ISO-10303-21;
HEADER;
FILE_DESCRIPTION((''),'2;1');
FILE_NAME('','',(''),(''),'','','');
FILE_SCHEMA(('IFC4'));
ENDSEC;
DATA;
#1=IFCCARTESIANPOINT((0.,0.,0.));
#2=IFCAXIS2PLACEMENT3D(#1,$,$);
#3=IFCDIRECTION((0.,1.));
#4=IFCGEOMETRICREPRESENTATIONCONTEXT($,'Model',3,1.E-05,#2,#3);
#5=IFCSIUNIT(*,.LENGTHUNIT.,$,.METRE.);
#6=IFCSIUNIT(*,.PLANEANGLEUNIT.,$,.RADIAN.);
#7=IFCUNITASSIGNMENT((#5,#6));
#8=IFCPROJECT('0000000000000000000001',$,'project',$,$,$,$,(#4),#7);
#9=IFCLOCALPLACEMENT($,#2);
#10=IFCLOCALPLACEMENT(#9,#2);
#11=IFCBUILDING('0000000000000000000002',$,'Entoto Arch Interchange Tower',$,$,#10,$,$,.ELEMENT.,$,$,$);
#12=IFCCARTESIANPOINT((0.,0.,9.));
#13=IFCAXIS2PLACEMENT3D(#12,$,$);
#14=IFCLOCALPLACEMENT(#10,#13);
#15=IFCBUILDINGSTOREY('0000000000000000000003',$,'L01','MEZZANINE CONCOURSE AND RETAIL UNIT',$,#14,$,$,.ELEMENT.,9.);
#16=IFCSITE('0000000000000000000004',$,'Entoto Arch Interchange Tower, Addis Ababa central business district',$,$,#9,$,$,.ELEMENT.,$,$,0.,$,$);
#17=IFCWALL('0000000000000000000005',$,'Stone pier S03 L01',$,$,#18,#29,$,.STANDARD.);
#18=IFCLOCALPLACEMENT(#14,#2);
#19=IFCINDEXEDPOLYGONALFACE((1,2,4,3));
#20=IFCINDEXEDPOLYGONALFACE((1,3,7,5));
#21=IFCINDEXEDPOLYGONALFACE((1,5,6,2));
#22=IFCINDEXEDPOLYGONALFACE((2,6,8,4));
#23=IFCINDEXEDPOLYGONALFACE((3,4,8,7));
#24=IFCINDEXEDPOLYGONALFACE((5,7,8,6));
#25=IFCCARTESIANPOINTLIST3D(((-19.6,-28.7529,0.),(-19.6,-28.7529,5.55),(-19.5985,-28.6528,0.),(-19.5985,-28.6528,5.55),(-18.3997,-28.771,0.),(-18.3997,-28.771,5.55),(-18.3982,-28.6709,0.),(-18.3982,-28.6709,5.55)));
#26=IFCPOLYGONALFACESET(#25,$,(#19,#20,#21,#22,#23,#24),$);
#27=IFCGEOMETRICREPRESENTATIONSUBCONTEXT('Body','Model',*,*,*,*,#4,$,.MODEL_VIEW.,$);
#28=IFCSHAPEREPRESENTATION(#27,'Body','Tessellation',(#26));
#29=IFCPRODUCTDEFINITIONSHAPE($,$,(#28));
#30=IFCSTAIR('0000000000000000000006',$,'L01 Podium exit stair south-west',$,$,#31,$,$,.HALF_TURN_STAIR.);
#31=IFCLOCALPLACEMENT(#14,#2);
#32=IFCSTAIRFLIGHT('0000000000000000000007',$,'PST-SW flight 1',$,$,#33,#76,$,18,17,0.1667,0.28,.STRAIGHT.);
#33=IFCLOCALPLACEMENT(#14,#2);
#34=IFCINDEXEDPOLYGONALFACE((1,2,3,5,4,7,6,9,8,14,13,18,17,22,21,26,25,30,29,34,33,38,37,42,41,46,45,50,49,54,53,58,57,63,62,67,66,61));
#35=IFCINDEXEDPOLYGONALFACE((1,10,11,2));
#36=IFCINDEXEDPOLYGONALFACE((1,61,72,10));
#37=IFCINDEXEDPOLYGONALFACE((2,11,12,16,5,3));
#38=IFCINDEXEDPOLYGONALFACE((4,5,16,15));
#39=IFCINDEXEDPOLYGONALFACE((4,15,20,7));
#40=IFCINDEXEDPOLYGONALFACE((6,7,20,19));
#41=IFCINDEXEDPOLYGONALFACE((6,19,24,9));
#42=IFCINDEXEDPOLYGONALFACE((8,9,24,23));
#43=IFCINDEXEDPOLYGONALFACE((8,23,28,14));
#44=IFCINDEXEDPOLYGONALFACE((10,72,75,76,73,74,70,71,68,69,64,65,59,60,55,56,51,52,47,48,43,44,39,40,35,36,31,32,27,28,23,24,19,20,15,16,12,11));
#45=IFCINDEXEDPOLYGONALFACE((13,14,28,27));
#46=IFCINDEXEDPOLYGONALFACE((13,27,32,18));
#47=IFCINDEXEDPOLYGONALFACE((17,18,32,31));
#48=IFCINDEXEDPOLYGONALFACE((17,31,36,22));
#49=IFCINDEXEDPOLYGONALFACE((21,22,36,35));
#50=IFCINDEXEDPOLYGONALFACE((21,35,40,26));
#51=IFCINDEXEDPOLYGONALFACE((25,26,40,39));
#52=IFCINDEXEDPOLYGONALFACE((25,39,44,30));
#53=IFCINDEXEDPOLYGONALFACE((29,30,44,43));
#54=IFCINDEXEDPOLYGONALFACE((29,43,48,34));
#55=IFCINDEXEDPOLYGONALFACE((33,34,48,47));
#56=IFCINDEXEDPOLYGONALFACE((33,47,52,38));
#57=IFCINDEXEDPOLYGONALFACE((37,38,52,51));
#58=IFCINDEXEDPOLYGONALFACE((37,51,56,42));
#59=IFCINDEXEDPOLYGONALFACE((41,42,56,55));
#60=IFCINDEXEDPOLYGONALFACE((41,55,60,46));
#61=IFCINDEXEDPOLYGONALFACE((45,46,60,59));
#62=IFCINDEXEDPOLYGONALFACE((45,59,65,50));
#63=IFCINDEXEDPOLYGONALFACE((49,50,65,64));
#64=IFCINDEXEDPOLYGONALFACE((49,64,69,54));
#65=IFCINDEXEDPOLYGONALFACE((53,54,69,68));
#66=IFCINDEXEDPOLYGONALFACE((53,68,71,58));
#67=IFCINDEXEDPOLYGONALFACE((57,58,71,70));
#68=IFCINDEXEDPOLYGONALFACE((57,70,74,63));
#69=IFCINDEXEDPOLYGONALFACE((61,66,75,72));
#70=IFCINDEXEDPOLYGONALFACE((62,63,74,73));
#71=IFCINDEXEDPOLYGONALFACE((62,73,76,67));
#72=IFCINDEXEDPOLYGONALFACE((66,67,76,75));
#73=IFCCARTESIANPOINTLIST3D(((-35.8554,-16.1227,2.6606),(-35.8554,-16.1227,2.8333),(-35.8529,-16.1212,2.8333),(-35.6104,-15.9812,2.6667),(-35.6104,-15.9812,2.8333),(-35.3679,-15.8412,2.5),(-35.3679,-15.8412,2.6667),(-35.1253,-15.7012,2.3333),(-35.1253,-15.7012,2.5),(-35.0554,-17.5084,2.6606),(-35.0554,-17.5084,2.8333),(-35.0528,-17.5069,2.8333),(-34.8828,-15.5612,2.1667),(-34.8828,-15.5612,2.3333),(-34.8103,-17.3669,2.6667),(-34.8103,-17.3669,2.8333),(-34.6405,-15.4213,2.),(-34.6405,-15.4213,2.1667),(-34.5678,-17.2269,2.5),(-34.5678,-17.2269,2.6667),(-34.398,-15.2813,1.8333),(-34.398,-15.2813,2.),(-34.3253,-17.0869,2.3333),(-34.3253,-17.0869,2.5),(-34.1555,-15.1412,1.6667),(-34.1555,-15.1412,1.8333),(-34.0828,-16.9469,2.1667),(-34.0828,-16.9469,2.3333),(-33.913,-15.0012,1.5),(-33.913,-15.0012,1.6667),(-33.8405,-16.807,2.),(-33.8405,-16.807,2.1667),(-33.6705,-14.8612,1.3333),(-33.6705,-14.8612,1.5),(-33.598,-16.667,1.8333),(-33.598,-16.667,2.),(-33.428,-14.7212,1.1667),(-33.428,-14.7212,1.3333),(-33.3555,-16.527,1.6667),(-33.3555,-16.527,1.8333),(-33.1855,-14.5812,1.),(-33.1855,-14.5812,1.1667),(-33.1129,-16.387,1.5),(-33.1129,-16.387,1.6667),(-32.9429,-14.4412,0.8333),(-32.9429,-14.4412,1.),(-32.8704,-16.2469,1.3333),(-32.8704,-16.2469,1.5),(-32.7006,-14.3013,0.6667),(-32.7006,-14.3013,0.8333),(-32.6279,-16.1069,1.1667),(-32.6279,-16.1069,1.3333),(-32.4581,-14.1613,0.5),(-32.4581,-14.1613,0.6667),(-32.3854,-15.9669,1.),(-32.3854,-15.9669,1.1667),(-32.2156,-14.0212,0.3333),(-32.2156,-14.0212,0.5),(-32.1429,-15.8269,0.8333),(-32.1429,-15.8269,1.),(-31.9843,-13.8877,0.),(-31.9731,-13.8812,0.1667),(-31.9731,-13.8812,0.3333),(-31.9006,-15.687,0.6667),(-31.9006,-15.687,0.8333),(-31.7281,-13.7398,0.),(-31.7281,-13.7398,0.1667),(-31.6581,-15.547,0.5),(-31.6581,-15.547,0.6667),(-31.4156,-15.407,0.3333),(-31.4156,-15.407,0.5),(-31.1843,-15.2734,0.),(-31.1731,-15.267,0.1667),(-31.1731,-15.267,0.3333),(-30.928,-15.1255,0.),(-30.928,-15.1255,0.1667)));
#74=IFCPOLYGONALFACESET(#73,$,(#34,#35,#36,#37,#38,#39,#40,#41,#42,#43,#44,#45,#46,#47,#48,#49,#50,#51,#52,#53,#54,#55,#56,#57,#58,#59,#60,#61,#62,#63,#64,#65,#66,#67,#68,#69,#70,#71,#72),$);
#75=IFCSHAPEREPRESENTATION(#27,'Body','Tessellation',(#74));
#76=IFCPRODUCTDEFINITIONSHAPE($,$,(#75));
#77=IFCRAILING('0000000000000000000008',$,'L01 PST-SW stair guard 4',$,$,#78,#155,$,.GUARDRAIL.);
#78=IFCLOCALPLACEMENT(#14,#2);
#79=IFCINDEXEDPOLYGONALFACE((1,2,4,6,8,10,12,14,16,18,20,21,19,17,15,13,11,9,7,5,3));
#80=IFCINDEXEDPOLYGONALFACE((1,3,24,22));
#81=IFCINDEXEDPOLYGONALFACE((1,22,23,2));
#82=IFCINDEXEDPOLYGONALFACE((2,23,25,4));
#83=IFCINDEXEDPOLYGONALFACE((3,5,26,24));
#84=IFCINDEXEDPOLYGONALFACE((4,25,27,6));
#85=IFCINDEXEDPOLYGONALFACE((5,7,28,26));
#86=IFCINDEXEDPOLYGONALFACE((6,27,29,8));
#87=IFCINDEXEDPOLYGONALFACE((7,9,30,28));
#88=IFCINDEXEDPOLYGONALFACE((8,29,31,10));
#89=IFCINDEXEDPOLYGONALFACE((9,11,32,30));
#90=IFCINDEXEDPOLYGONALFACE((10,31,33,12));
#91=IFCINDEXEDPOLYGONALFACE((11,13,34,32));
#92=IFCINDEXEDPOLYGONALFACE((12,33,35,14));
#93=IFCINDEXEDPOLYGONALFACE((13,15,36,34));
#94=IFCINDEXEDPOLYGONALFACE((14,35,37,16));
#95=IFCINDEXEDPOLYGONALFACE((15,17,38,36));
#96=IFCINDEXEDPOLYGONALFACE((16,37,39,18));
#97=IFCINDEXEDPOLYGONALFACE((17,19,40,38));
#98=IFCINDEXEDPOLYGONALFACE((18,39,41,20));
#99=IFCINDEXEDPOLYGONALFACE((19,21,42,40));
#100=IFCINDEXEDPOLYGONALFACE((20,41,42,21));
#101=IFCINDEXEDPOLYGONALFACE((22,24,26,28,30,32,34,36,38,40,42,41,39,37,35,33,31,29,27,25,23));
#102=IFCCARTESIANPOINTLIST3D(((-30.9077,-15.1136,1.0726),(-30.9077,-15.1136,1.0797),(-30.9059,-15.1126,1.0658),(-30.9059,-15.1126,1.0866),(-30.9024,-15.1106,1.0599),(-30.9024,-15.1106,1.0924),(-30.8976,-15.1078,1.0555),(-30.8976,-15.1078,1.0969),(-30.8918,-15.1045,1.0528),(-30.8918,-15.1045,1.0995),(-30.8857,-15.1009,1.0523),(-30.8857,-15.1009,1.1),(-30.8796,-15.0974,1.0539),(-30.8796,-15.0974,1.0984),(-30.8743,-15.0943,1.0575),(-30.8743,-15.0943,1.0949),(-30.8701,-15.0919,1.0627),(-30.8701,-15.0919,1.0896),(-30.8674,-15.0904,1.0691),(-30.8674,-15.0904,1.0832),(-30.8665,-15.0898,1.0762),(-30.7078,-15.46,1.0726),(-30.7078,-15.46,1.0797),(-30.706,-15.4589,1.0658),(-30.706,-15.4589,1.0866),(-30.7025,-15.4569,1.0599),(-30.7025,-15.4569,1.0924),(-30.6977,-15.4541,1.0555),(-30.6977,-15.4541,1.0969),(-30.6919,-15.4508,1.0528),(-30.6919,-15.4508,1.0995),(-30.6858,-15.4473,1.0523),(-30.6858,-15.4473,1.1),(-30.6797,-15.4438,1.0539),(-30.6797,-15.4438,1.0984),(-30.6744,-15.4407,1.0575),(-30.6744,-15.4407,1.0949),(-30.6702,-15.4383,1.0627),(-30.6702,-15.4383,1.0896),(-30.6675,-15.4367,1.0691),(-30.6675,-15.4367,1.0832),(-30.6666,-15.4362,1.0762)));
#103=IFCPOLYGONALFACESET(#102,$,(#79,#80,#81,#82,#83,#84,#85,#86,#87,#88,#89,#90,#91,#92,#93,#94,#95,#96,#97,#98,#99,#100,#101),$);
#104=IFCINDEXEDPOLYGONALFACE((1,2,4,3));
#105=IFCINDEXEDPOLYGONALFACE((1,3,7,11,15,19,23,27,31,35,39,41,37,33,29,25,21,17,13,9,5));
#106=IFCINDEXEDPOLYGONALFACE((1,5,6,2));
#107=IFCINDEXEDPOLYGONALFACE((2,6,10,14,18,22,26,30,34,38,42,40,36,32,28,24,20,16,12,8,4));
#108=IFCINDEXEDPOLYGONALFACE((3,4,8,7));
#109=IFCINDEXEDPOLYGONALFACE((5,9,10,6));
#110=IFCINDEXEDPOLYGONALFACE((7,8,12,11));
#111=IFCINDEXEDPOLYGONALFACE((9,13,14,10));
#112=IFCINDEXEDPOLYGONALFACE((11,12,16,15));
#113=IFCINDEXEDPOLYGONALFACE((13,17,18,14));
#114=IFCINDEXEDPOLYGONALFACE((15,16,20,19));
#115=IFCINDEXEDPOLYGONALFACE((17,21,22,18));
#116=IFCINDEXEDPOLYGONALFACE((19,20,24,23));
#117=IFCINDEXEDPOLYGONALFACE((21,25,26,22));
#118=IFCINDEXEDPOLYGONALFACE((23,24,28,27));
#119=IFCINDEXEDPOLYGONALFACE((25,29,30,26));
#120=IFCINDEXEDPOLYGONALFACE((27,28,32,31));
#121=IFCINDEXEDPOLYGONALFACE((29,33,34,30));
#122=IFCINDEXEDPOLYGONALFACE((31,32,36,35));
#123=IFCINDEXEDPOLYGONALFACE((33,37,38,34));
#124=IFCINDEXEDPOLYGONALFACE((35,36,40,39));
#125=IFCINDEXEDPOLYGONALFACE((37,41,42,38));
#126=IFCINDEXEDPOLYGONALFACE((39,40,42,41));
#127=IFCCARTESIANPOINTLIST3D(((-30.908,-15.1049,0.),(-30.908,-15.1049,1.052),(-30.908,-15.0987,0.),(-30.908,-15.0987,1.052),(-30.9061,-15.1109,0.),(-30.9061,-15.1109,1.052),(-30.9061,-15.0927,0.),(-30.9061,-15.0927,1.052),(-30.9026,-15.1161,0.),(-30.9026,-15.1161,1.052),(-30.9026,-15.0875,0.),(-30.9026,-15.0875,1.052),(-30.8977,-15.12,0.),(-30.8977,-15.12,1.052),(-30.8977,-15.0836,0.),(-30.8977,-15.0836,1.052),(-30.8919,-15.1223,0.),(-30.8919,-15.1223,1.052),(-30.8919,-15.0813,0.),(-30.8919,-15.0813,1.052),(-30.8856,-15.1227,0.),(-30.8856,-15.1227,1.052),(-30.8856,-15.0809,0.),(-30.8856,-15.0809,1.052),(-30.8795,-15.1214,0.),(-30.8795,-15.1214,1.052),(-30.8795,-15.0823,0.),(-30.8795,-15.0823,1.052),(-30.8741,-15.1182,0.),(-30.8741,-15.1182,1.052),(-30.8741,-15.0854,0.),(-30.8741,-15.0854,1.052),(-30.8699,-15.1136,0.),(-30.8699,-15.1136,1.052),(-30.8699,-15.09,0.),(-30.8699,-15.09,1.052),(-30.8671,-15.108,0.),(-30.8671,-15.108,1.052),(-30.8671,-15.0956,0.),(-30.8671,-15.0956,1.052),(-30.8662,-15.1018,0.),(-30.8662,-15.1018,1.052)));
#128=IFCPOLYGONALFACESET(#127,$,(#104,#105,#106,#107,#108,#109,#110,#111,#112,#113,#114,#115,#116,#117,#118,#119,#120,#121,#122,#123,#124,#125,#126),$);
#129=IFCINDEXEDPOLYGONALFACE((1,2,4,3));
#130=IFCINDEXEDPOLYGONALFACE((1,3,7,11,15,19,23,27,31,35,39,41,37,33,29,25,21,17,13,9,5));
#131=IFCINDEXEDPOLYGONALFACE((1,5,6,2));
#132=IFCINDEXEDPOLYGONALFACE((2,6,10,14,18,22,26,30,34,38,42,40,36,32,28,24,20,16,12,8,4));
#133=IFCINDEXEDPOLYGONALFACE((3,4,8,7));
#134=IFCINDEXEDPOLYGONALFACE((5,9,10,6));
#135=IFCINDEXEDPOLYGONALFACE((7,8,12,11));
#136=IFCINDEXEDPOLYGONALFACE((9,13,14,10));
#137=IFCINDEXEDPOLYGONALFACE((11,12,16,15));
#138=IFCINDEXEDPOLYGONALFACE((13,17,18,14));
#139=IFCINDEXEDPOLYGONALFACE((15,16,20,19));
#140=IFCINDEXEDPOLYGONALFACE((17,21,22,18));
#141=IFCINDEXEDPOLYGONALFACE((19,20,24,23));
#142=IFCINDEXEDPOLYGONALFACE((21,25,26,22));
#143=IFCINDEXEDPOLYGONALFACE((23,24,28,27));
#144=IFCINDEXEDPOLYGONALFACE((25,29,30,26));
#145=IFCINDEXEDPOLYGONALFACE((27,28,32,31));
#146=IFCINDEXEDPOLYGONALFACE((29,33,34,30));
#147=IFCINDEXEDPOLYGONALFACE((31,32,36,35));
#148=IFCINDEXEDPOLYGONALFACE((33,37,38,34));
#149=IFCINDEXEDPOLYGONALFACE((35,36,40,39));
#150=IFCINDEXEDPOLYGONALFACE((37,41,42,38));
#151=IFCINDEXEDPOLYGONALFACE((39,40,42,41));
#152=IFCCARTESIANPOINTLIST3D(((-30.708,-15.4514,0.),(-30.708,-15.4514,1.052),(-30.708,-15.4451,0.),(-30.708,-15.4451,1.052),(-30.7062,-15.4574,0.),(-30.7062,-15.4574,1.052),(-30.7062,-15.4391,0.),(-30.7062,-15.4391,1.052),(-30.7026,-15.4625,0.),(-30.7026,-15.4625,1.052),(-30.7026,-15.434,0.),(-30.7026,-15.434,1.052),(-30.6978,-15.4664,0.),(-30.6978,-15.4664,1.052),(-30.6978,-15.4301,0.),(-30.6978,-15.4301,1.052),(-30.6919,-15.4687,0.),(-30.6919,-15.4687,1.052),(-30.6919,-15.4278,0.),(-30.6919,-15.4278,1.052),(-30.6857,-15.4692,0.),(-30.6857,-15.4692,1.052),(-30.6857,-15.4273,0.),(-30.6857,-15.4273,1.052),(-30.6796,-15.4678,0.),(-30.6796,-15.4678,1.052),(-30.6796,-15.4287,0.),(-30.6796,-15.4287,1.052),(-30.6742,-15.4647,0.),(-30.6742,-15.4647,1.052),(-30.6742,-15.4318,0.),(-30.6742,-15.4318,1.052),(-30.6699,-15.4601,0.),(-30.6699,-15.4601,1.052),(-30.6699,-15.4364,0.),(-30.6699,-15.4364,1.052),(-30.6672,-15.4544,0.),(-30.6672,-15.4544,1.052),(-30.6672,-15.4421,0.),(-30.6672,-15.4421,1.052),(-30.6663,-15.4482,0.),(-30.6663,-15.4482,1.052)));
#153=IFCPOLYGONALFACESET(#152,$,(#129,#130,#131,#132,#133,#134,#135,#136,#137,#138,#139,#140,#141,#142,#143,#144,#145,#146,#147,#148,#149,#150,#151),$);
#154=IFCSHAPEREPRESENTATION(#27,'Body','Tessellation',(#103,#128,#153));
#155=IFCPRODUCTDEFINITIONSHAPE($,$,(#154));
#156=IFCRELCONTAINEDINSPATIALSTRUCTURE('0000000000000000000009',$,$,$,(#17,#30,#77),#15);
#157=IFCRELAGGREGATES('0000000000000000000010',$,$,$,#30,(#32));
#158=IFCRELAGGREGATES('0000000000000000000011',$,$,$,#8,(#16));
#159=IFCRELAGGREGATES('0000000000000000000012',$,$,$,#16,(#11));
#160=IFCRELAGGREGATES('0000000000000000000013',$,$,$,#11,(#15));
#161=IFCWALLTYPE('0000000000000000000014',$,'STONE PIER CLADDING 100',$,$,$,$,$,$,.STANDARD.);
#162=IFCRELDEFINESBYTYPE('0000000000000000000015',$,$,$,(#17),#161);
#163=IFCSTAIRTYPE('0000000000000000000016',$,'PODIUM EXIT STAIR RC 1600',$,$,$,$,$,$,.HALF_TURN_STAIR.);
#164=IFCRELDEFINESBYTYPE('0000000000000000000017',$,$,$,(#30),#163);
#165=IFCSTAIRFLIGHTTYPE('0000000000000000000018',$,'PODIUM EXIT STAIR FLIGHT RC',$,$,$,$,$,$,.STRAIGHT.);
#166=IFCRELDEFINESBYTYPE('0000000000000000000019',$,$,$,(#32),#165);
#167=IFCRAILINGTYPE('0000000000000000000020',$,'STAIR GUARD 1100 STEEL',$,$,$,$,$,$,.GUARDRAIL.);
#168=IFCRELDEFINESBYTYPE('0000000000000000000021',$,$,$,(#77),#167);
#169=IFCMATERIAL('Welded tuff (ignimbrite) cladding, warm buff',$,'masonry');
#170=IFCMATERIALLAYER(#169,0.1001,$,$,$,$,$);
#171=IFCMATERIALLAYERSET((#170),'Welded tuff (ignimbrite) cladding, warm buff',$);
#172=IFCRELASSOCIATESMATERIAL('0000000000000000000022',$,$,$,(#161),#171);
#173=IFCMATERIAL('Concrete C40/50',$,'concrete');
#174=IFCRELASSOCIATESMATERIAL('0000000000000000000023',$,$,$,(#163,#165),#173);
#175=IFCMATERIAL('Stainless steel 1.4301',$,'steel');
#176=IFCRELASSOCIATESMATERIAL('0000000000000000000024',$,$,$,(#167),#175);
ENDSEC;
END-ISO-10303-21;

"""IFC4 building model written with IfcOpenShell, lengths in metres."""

from ifc_helpers import new_model, si_unit, direction, frame, frame_2d, origin, origin_2d, place, context, subcontext, project, spatial, polyline, rectangle, circle, outline, extrude, material, layer, layer_set, type_object, element, aggregate, save


model = new_model("IFC4")

# Units and contexts
model_context = context("Model", 3, precision=1e-05, world=origin(), true_north=direction((0.0, 1.0)))
body_context = subcontext(model_context, "Body", "Model", "MODEL_VIEW")
ifc_project = project(units=[si_unit("LENGTHUNIT", "METRE"), si_unit("PLANEANGLEUNIT", "RADIAN")], contexts=[model_context])

# Site, building, storey
site_placement = place(None, origin())
site = spatial("IfcSite", under=ifc_project, at=site_placement, Name="Entoto Arch Interchange Tower, Addis Ababa central business district", CompositionType="ELEMENT", RefElevation=0.0)
building_placement = place(site_placement, origin())
building = spatial("IfcBuilding", under=site, at=building_placement, Name="Entoto Arch Interchange Tower", CompositionType="ELEMENT")
storey_placement = place(building_placement, frame((0.0, 0.0, 9.0)))
storey = spatial("IfcBuildingStorey", under=building, at=storey_placement, Name="L01", Description="MEZZANINE CONCOURSE AND RETAIL UNIT", CompositionType="ELEMENT", Elevation=9.0)

# Shared definitions
ifc_material_1 = material(Name="Concrete C40/50", Category="concrete")

# Shared definitions
ifc_material_2 = material(Name="Welded tuff (ignimbrite) cladding, warm buff", Category="masonry")

# Wall
ifc_layer_1 = layer(ifc_material_2, 0.1001)
ifc_layer_set_1 = layer_set([ifc_layer_1], Name="Welded tuff (ignimbrite) cladding, warm buff")
wall_type_1 = type_object("IfcWallType", Name="STONE PIER CLADDING 100", PredefinedType="STANDARD", material=ifc_layer_set_1)
wall_1_placement = place(storey_placement, frame((-19.5991, -28.7029, 0.0), z_axis=(0.0, 0.0, 1.0), x_axis=(0.999887, -0.015051, 0.0)))
element("IfcWall", 1, at=wall_1_placement, inside=storey, type_object=wall_type_1, Name="Stone pier S03 L01", PredefinedType="STANDARD", context=body_context, shape_type="SweptSolid", body=[
    extrude(rectangle(XDim=1.2004, YDim=0.1001, at=frame_2d((0.6001, 0.0))), origin(), (0.0, 0.0, 1.0), 5.55),
])

# Stair, stair flight
stair_type = type_object("IfcStairType", Name="PODIUM EXIT STAIR RC 1600", PredefinedType="HALF_TURN_STAIR", material=ifc_material_1)
stair_placement = place(storey_placement, origin())
stair = element("IfcStair", 2, at=stair_placement, inside=storey, type_object=stair_type, Name="L01 Podium exit stair south-west", PredefinedType="HALF_TURN_STAIR")
stair_flight_type = type_object("IfcStairFlightType", Name="PODIUM EXIT STAIR FLIGHT RC", PredefinedType="STRAIGHT", material=ifc_material_1)
stair_flight_placement = place(storey_placement, frame((-31.3306, -14.4341, 0.0), z_axis=(0.0, 0.0, 1.0), x_axis=(-0.866025, -0.5, 0.0)))
stair_flight = element("IfcStairFlight", 3, at=stair_flight_placement, type_object=stair_flight_type, Name="PST-SW flight 1", NumberOfRisers=18, NumberOfTreads=17, PredefinedType="STRAIGHT", RiserHeight=0.1667, TreadLength=0.28, context=body_context, shape_type="SweptSolid", body=[
    extrude(outline(polyline([(-0.0029, 0.0), (-0.0029, 0.1667), (0.28, 0.1667), (0.28, 0.3333), (0.5601, 0.3333), (0.5601, 0.5), (0.8401, 0.5), (0.8401, 0.6667), (1.1201, 0.6667), (1.1201, 0.8333), (1.3999, 0.8333), (1.3999, 1.0), (1.6799, 1.0), (1.6799, 1.1667), (1.96, 1.1667), (1.96, 1.3333), (2.24, 1.3333), (2.24, 1.5), (2.52, 1.5), (2.52, 1.6667), (2.8, 1.6667), (2.8, 1.8333), (3.0801, 1.8333), (3.0801, 2.0), (3.3601, 2.0), (3.3601, 2.1667), (3.6399, 2.1667), (3.6399, 2.3333), (3.9199, 2.3333), (3.9199, 2.5), (4.2, 2.5), (4.2, 2.6667), (4.48, 2.6667), (4.48, 2.8333), (4.76, 2.8333), (4.7629, 2.8333), (4.7629, 2.6606), (0.293, 0.0), (-0.0029, 0.0)])), frame((0.0, 0.8, 0.0), z_axis=(0.0, -1.0, 0.0), x_axis=(1.0, 0.0, 0.0)), (0.0, 0.0, 1.0), 1.6001),
])
aggregate(stair, [stair_flight])

# Railing
ifc_material_3 = material(Name="Stainless steel 1.4301", Category="steel")
railing_type_1 = type_object("IfcRailingType", Name="STAIR GUARD 1100 STEEL", PredefinedType="GUARDRAIL", material=ifc_material_3)
railing_1_placement = place(storey_placement, frame((-30.8872, -15.1018, 0.0)))
element("IfcRailing", 4, at=railing_1_placement, inside=storey, type_object=railing_type_1, Name="L01 PST-SW stair guard 4", PredefinedType="GUARDRAIL", context=body_context, shape_type="SweptSolid", body=[
    extrude(circle(Radius=0.0239, at=origin_2d()), frame((0.0, 0.0, 1.0762), z_axis=(0.499881, -0.866094, 0.0), x_axis=(0.866094, 0.499881, 0.0)), (0.0, 0.0, 1.0), 0.3999),
    extrude(circle(Radius=0.021, at=origin_2d()), origin(), (0.0, 0.0, 1.0), 1.052),
    extrude(circle(Radius=0.021, at=origin_2d()), frame((0.2, -0.3464, 0.0)), (0.0, 0.0, 1.0), 1.052),
])

save(model, "model.ifc")
